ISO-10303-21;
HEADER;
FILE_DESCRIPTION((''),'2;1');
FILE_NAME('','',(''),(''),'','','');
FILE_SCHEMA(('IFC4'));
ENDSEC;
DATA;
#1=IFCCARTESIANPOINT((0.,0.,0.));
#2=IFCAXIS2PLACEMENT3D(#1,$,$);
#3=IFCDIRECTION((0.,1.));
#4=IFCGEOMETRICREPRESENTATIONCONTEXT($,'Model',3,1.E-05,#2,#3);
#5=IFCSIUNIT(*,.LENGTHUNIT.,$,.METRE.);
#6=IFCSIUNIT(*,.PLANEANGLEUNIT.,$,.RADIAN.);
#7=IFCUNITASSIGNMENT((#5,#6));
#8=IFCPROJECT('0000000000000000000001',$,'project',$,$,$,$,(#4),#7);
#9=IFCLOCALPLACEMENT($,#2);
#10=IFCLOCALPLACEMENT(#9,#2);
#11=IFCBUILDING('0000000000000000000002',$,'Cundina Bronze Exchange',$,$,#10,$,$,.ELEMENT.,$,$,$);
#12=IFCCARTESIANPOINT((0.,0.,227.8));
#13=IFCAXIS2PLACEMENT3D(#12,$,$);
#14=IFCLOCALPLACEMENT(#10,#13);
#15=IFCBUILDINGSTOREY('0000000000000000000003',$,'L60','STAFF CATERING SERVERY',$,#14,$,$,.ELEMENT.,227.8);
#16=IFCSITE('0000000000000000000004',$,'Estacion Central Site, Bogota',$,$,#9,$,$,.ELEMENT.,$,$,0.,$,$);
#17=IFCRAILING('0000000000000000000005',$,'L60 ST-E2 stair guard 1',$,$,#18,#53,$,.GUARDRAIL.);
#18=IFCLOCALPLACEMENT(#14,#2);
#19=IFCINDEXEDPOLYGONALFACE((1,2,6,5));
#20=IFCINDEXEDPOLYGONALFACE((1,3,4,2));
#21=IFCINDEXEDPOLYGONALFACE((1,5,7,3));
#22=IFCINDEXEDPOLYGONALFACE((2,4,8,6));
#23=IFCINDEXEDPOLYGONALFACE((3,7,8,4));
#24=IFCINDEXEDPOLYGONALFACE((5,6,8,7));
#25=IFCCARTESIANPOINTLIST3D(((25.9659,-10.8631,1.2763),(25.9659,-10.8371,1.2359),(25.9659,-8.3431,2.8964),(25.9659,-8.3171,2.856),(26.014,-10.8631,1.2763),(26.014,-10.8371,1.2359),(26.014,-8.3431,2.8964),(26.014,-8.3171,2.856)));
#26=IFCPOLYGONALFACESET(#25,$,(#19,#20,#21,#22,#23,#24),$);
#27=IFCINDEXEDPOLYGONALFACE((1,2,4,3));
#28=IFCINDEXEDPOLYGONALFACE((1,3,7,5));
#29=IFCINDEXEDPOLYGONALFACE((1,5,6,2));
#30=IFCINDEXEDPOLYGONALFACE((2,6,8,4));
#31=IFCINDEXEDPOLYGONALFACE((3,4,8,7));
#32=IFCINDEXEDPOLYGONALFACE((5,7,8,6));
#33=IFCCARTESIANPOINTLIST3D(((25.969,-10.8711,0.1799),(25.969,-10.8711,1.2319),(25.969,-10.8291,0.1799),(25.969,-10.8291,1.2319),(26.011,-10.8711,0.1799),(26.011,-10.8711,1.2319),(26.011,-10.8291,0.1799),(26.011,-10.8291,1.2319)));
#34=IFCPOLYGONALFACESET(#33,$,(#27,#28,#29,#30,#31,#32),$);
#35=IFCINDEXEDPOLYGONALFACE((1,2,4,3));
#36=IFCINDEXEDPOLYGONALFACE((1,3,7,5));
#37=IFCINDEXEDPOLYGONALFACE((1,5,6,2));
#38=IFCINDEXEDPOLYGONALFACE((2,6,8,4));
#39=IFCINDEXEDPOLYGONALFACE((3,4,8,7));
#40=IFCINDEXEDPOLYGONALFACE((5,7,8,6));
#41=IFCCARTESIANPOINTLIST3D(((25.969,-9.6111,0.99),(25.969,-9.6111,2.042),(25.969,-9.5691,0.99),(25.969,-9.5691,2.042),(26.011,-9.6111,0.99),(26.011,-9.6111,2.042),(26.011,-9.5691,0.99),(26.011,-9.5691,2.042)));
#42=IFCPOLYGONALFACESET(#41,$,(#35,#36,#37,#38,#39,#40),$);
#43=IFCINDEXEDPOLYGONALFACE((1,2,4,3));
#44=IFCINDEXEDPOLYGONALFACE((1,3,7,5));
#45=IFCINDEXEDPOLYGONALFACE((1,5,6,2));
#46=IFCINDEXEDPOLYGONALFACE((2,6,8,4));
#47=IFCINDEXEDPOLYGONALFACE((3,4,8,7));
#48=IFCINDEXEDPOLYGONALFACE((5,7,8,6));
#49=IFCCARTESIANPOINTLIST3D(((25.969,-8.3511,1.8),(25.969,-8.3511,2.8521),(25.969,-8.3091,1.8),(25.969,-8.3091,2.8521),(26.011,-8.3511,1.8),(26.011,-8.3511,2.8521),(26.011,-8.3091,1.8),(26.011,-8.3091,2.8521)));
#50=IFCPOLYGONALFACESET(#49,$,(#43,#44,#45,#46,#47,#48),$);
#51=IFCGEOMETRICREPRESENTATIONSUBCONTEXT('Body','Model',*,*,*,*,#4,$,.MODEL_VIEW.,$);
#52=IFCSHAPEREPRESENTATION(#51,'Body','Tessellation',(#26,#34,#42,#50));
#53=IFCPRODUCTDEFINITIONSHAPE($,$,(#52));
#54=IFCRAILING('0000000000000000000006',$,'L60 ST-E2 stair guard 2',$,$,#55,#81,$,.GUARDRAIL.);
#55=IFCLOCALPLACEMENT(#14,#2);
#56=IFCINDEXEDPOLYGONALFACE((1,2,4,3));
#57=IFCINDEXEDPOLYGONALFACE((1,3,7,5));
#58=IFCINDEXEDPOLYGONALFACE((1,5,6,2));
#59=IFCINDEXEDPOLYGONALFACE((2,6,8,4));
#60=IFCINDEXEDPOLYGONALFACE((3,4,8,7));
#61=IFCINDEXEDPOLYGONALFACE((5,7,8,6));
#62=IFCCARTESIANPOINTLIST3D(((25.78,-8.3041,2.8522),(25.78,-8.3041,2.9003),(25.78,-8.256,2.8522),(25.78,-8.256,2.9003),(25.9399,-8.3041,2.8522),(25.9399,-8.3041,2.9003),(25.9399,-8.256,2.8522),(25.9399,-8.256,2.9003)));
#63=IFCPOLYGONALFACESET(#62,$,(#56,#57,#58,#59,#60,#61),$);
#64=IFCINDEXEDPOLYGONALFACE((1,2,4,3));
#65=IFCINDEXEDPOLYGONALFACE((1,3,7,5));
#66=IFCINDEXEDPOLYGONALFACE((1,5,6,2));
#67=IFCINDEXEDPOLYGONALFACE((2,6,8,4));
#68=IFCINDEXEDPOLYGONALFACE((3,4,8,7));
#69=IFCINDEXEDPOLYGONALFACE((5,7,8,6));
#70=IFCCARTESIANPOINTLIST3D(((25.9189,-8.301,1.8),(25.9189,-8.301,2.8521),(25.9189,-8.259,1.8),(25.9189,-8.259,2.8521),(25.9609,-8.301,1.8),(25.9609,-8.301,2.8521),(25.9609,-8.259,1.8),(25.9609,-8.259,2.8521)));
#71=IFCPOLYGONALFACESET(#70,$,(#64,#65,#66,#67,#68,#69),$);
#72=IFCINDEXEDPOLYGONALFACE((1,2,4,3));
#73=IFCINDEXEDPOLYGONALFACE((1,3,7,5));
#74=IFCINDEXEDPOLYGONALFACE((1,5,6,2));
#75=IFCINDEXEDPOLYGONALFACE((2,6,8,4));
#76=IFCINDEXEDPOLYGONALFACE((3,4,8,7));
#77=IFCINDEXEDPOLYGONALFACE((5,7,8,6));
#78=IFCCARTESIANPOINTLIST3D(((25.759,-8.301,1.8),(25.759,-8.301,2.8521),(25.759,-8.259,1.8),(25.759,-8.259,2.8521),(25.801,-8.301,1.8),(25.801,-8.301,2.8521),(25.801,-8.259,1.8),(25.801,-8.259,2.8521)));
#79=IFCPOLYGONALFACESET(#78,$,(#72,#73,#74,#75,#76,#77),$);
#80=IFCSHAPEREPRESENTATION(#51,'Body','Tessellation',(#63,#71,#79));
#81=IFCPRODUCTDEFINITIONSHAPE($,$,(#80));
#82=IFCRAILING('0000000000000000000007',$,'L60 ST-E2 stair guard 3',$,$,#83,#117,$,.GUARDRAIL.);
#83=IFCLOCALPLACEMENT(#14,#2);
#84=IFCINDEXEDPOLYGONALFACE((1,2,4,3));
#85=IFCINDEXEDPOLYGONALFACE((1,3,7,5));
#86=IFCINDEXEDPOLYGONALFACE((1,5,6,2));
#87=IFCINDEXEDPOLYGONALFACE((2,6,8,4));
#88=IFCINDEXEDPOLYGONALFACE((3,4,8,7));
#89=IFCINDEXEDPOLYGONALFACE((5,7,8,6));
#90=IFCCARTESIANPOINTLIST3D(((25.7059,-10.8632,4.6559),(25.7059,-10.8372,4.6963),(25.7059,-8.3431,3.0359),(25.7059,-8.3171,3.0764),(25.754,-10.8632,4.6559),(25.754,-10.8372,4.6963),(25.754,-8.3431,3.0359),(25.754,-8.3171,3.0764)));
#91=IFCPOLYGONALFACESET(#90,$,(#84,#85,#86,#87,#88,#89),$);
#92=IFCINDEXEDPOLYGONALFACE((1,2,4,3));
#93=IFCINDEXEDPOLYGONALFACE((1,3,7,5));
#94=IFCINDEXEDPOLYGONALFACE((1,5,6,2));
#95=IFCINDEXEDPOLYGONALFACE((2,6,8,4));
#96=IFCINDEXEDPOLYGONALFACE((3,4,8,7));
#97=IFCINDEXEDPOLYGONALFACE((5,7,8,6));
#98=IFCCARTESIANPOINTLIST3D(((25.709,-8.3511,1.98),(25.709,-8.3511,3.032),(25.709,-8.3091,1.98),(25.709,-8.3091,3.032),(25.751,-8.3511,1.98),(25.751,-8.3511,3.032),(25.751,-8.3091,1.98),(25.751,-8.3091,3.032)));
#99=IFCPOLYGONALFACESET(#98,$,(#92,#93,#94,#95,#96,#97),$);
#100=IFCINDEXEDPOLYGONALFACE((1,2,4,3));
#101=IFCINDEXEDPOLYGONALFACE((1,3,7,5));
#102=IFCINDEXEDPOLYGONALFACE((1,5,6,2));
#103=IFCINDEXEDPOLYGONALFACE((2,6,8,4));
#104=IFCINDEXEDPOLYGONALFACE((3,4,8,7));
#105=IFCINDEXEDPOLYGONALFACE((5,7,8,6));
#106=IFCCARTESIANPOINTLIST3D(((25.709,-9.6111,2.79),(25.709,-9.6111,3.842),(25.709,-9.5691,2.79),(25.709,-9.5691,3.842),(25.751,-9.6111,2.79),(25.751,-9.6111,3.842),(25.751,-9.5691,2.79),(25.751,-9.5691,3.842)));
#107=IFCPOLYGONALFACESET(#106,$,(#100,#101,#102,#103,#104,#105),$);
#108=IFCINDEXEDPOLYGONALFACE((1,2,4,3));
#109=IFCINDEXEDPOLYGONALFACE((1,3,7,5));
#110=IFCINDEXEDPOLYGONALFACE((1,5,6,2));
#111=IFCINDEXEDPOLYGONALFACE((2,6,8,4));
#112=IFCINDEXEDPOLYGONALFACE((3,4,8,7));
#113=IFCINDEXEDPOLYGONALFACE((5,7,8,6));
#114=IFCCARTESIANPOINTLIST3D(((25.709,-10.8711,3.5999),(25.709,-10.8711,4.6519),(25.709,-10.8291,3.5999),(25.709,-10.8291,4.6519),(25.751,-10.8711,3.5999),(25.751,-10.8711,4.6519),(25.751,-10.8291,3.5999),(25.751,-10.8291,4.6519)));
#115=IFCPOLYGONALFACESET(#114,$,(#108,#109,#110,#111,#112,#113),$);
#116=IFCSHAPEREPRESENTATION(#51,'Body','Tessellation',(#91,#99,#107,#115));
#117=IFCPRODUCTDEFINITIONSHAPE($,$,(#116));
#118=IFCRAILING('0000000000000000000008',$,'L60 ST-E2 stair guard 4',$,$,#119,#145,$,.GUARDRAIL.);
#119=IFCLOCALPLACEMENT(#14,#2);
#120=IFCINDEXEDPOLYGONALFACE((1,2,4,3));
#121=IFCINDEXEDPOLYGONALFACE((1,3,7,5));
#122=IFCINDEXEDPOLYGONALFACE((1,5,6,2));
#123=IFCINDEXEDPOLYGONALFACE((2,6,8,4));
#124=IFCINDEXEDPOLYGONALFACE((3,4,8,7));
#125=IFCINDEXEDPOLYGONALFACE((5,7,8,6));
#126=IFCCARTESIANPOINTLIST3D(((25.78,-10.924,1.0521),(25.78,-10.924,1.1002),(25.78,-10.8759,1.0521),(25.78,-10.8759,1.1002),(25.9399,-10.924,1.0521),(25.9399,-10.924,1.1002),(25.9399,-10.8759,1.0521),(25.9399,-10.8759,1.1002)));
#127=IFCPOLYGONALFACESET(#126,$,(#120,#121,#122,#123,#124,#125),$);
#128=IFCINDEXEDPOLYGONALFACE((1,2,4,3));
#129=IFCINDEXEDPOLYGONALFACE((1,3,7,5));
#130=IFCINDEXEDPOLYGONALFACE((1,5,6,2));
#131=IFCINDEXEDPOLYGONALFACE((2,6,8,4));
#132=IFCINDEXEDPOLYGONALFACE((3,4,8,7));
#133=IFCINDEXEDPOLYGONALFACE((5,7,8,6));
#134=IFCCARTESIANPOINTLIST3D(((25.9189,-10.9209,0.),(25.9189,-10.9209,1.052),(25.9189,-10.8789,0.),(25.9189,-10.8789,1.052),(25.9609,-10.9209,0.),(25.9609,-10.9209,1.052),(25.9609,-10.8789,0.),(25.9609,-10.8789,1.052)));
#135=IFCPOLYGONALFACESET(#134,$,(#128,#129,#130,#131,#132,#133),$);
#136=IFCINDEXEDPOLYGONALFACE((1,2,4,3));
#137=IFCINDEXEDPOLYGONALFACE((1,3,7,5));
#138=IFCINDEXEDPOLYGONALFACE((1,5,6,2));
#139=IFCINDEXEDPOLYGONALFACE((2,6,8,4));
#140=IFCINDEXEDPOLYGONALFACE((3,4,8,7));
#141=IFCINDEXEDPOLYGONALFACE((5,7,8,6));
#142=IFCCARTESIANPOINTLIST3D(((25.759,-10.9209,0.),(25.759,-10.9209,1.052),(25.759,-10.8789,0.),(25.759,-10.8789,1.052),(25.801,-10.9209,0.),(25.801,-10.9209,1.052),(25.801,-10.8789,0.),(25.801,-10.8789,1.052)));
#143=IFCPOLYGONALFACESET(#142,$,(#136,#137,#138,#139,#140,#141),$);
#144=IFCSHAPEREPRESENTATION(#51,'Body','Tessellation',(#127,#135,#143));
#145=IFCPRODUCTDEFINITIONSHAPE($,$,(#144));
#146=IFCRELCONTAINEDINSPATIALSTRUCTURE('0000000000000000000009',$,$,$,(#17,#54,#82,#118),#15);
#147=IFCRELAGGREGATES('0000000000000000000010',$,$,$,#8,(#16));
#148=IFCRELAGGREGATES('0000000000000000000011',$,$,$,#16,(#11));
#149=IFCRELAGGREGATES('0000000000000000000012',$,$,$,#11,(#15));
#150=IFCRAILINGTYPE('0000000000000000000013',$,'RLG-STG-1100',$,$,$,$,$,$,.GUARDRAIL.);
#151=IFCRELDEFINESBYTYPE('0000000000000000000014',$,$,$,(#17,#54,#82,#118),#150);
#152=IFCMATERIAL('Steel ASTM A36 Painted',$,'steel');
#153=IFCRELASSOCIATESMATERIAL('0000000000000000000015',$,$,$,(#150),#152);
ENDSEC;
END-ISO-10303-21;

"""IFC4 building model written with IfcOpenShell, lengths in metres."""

from ifc_helpers import new_model, si_unit, direction, frame, origin, origin_2d, place, context, subcontext, project, spatial, rectangle, extrude, material, type_object, element, save


model = new_model("IFC4")

# Units and contexts
model_context = context("Model", 3, precision=1e-05, world=origin(), true_north=direction((0.0, 1.0)))
body_context = subcontext(model_context, "Body", "Model", "MODEL_VIEW")
ifc_project = project(units=[si_unit("LENGTHUNIT", "METRE"), si_unit("PLANEANGLEUNIT", "RADIAN")], contexts=[model_context])

# Site, building, storey
site_placement = place(None, origin())
site = spatial("IfcSite", under=ifc_project, at=site_placement, Name="Estacion Central Site, Bogota", CompositionType="ELEMENT", RefElevation=0.0)
building_placement = place(site_placement, origin())
building = spatial("IfcBuilding", under=site, at=building_placement, Name="Cundina Bronze Exchange", CompositionType="ELEMENT")
storey_placement = place(building_placement, frame((0.0, 0.0, 227.8)))
storey = spatial("IfcBuildingStorey", under=building, at=storey_placement, Name="L60", Description="STAFF CATERING SERVERY", CompositionType="ELEMENT", Elevation=227.8)

# Shared definitions
ifc_material_1 = material(Name="Steel ASTM A36 Painted", Category="steel")

# Railings
railing_type_1 = type_object("IfcRailingType", Name="RLG-STG-1100", PredefinedType="GUARDRAIL", material=ifc_material_1)
railing_1_placement = place(storey_placement, frame((25.99, -10.8501, 0.1799)))
element("IfcRailing", 1, at=railing_1_placement, inside=storey, type_object=railing_type_1, Name="L60 ST-E2 stair guard 1", PredefinedType="GUARDRAIL", context=body_context, shape_type="SweptSolid", body=[
    extrude(rectangle(XDim=0.0481, YDim=0.0481, at=origin_2d()), frame((0.0, 0.0, 1.0762), z_axis=(0.0, 0.841163, 0.540782), x_axis=(-1.0, 0.0, 0.0)), (0.0, 0.0, 1.0), 2.9958),
    extrude(rectangle(XDim=0.042, YDim=0.042, at=origin_2d()), origin(), (0.0, 0.0, 1.0), 1.052),
    extrude(rectangle(XDim=0.042, YDim=0.042, at=origin_2d()), frame((0.0, 1.26, 0.8101)), (0.0, 0.0, 1.0), 1.052),
    extrude(rectangle(XDim=0.042, YDim=0.042, at=origin_2d()), frame((0.0, 2.52, 1.6201)), (0.0, 0.0, 1.0), 1.052),
])
railing_2_placement = place(storey_placement, frame((25.9399, -8.28, 1.8)))
element("IfcRailing", 2, at=railing_2_placement, inside=storey, type_object=railing_type_1, Name="L60 ST-E2 stair guard 2", PredefinedType="GUARDRAIL", context=body_context, shape_type="SweptSolid", body=[
    extrude(rectangle(XDim=0.0481, YDim=0.0481, at=origin_2d()), frame((0.0, 0.0, 1.0762), z_axis=(-1.0, 0.0, 0.0), x_axis=(0.0, -1.0, 0.0)), (0.0, 0.0, 1.0), 0.1599),
    extrude(rectangle(XDim=0.042, YDim=0.042, at=origin_2d()), origin(), (0.0, 0.0, 1.0), 1.052),
    extrude(rectangle(XDim=0.042, YDim=0.042, at=origin_2d()), frame((-0.1599, 0.0, 0.0)), (0.0, 0.0, 1.0), 1.052),
])
railing_3_placement = place(storey_placement, frame((25.73, -8.3301, 1.98)))
element("IfcRailing", 3, at=railing_3_placement, inside=storey, type_object=railing_type_1, Name="L60 ST-E2 stair guard 3", PredefinedType="GUARDRAIL", context=body_context, shape_type="SweptSolid", body=[
    extrude(rectangle(XDim=0.0481, YDim=0.0481, at=origin_2d()), frame((0.0, 0.0, 1.0762), z_axis=(0.0, -0.8412, 0.540725), x_axis=(1.0, 0.0, 0.0)), (0.0, 0.0, 1.0), 2.9958),
    extrude(rectangle(XDim=0.042, YDim=0.042, at=origin_2d()), origin(), (0.0, 0.0, 1.0), 1.052),
    extrude(rectangle(XDim=0.042, YDim=0.042, at=origin_2d()), frame((0.0, -1.26, 0.8101)), (0.0, 0.0, 1.0), 1.052),
    extrude(rectangle(XDim=0.042, YDim=0.042, at=origin_2d()), frame((0.0, -2.52, 1.6199)), (0.0, 0.0, 1.0), 1.052),
])
railing_4_placement = place(storey_placement, frame((25.9399, -10.8999, 0.0)))
element("IfcRailing", 4, at=railing_4_placement, inside=storey, type_object=railing_type_1, Name="L60 ST-E2 stair guard 4", PredefinedType="GUARDRAIL", context=body_context, shape_type="SweptSolid", body=[
    extrude(rectangle(XDim=0.0481, YDim=0.0481, at=origin_2d()), frame((0.0, 0.0, 1.0762), z_axis=(-1.0, 0.0, 0.0), x_axis=(0.0, -1.0, 0.0)), (0.0, 0.0, 1.0), 0.1599),
    extrude(rectangle(XDim=0.042, YDim=0.042, at=origin_2d()), origin(), (0.0, 0.0, 1.0), 1.052),
    extrude(rectangle(XDim=0.042, YDim=0.042, at=origin_2d()), frame((-0.1599, 0.0, 0.0)), (0.0, 0.0, 1.0), 1.052),
])

save(model, "model.ifc")
